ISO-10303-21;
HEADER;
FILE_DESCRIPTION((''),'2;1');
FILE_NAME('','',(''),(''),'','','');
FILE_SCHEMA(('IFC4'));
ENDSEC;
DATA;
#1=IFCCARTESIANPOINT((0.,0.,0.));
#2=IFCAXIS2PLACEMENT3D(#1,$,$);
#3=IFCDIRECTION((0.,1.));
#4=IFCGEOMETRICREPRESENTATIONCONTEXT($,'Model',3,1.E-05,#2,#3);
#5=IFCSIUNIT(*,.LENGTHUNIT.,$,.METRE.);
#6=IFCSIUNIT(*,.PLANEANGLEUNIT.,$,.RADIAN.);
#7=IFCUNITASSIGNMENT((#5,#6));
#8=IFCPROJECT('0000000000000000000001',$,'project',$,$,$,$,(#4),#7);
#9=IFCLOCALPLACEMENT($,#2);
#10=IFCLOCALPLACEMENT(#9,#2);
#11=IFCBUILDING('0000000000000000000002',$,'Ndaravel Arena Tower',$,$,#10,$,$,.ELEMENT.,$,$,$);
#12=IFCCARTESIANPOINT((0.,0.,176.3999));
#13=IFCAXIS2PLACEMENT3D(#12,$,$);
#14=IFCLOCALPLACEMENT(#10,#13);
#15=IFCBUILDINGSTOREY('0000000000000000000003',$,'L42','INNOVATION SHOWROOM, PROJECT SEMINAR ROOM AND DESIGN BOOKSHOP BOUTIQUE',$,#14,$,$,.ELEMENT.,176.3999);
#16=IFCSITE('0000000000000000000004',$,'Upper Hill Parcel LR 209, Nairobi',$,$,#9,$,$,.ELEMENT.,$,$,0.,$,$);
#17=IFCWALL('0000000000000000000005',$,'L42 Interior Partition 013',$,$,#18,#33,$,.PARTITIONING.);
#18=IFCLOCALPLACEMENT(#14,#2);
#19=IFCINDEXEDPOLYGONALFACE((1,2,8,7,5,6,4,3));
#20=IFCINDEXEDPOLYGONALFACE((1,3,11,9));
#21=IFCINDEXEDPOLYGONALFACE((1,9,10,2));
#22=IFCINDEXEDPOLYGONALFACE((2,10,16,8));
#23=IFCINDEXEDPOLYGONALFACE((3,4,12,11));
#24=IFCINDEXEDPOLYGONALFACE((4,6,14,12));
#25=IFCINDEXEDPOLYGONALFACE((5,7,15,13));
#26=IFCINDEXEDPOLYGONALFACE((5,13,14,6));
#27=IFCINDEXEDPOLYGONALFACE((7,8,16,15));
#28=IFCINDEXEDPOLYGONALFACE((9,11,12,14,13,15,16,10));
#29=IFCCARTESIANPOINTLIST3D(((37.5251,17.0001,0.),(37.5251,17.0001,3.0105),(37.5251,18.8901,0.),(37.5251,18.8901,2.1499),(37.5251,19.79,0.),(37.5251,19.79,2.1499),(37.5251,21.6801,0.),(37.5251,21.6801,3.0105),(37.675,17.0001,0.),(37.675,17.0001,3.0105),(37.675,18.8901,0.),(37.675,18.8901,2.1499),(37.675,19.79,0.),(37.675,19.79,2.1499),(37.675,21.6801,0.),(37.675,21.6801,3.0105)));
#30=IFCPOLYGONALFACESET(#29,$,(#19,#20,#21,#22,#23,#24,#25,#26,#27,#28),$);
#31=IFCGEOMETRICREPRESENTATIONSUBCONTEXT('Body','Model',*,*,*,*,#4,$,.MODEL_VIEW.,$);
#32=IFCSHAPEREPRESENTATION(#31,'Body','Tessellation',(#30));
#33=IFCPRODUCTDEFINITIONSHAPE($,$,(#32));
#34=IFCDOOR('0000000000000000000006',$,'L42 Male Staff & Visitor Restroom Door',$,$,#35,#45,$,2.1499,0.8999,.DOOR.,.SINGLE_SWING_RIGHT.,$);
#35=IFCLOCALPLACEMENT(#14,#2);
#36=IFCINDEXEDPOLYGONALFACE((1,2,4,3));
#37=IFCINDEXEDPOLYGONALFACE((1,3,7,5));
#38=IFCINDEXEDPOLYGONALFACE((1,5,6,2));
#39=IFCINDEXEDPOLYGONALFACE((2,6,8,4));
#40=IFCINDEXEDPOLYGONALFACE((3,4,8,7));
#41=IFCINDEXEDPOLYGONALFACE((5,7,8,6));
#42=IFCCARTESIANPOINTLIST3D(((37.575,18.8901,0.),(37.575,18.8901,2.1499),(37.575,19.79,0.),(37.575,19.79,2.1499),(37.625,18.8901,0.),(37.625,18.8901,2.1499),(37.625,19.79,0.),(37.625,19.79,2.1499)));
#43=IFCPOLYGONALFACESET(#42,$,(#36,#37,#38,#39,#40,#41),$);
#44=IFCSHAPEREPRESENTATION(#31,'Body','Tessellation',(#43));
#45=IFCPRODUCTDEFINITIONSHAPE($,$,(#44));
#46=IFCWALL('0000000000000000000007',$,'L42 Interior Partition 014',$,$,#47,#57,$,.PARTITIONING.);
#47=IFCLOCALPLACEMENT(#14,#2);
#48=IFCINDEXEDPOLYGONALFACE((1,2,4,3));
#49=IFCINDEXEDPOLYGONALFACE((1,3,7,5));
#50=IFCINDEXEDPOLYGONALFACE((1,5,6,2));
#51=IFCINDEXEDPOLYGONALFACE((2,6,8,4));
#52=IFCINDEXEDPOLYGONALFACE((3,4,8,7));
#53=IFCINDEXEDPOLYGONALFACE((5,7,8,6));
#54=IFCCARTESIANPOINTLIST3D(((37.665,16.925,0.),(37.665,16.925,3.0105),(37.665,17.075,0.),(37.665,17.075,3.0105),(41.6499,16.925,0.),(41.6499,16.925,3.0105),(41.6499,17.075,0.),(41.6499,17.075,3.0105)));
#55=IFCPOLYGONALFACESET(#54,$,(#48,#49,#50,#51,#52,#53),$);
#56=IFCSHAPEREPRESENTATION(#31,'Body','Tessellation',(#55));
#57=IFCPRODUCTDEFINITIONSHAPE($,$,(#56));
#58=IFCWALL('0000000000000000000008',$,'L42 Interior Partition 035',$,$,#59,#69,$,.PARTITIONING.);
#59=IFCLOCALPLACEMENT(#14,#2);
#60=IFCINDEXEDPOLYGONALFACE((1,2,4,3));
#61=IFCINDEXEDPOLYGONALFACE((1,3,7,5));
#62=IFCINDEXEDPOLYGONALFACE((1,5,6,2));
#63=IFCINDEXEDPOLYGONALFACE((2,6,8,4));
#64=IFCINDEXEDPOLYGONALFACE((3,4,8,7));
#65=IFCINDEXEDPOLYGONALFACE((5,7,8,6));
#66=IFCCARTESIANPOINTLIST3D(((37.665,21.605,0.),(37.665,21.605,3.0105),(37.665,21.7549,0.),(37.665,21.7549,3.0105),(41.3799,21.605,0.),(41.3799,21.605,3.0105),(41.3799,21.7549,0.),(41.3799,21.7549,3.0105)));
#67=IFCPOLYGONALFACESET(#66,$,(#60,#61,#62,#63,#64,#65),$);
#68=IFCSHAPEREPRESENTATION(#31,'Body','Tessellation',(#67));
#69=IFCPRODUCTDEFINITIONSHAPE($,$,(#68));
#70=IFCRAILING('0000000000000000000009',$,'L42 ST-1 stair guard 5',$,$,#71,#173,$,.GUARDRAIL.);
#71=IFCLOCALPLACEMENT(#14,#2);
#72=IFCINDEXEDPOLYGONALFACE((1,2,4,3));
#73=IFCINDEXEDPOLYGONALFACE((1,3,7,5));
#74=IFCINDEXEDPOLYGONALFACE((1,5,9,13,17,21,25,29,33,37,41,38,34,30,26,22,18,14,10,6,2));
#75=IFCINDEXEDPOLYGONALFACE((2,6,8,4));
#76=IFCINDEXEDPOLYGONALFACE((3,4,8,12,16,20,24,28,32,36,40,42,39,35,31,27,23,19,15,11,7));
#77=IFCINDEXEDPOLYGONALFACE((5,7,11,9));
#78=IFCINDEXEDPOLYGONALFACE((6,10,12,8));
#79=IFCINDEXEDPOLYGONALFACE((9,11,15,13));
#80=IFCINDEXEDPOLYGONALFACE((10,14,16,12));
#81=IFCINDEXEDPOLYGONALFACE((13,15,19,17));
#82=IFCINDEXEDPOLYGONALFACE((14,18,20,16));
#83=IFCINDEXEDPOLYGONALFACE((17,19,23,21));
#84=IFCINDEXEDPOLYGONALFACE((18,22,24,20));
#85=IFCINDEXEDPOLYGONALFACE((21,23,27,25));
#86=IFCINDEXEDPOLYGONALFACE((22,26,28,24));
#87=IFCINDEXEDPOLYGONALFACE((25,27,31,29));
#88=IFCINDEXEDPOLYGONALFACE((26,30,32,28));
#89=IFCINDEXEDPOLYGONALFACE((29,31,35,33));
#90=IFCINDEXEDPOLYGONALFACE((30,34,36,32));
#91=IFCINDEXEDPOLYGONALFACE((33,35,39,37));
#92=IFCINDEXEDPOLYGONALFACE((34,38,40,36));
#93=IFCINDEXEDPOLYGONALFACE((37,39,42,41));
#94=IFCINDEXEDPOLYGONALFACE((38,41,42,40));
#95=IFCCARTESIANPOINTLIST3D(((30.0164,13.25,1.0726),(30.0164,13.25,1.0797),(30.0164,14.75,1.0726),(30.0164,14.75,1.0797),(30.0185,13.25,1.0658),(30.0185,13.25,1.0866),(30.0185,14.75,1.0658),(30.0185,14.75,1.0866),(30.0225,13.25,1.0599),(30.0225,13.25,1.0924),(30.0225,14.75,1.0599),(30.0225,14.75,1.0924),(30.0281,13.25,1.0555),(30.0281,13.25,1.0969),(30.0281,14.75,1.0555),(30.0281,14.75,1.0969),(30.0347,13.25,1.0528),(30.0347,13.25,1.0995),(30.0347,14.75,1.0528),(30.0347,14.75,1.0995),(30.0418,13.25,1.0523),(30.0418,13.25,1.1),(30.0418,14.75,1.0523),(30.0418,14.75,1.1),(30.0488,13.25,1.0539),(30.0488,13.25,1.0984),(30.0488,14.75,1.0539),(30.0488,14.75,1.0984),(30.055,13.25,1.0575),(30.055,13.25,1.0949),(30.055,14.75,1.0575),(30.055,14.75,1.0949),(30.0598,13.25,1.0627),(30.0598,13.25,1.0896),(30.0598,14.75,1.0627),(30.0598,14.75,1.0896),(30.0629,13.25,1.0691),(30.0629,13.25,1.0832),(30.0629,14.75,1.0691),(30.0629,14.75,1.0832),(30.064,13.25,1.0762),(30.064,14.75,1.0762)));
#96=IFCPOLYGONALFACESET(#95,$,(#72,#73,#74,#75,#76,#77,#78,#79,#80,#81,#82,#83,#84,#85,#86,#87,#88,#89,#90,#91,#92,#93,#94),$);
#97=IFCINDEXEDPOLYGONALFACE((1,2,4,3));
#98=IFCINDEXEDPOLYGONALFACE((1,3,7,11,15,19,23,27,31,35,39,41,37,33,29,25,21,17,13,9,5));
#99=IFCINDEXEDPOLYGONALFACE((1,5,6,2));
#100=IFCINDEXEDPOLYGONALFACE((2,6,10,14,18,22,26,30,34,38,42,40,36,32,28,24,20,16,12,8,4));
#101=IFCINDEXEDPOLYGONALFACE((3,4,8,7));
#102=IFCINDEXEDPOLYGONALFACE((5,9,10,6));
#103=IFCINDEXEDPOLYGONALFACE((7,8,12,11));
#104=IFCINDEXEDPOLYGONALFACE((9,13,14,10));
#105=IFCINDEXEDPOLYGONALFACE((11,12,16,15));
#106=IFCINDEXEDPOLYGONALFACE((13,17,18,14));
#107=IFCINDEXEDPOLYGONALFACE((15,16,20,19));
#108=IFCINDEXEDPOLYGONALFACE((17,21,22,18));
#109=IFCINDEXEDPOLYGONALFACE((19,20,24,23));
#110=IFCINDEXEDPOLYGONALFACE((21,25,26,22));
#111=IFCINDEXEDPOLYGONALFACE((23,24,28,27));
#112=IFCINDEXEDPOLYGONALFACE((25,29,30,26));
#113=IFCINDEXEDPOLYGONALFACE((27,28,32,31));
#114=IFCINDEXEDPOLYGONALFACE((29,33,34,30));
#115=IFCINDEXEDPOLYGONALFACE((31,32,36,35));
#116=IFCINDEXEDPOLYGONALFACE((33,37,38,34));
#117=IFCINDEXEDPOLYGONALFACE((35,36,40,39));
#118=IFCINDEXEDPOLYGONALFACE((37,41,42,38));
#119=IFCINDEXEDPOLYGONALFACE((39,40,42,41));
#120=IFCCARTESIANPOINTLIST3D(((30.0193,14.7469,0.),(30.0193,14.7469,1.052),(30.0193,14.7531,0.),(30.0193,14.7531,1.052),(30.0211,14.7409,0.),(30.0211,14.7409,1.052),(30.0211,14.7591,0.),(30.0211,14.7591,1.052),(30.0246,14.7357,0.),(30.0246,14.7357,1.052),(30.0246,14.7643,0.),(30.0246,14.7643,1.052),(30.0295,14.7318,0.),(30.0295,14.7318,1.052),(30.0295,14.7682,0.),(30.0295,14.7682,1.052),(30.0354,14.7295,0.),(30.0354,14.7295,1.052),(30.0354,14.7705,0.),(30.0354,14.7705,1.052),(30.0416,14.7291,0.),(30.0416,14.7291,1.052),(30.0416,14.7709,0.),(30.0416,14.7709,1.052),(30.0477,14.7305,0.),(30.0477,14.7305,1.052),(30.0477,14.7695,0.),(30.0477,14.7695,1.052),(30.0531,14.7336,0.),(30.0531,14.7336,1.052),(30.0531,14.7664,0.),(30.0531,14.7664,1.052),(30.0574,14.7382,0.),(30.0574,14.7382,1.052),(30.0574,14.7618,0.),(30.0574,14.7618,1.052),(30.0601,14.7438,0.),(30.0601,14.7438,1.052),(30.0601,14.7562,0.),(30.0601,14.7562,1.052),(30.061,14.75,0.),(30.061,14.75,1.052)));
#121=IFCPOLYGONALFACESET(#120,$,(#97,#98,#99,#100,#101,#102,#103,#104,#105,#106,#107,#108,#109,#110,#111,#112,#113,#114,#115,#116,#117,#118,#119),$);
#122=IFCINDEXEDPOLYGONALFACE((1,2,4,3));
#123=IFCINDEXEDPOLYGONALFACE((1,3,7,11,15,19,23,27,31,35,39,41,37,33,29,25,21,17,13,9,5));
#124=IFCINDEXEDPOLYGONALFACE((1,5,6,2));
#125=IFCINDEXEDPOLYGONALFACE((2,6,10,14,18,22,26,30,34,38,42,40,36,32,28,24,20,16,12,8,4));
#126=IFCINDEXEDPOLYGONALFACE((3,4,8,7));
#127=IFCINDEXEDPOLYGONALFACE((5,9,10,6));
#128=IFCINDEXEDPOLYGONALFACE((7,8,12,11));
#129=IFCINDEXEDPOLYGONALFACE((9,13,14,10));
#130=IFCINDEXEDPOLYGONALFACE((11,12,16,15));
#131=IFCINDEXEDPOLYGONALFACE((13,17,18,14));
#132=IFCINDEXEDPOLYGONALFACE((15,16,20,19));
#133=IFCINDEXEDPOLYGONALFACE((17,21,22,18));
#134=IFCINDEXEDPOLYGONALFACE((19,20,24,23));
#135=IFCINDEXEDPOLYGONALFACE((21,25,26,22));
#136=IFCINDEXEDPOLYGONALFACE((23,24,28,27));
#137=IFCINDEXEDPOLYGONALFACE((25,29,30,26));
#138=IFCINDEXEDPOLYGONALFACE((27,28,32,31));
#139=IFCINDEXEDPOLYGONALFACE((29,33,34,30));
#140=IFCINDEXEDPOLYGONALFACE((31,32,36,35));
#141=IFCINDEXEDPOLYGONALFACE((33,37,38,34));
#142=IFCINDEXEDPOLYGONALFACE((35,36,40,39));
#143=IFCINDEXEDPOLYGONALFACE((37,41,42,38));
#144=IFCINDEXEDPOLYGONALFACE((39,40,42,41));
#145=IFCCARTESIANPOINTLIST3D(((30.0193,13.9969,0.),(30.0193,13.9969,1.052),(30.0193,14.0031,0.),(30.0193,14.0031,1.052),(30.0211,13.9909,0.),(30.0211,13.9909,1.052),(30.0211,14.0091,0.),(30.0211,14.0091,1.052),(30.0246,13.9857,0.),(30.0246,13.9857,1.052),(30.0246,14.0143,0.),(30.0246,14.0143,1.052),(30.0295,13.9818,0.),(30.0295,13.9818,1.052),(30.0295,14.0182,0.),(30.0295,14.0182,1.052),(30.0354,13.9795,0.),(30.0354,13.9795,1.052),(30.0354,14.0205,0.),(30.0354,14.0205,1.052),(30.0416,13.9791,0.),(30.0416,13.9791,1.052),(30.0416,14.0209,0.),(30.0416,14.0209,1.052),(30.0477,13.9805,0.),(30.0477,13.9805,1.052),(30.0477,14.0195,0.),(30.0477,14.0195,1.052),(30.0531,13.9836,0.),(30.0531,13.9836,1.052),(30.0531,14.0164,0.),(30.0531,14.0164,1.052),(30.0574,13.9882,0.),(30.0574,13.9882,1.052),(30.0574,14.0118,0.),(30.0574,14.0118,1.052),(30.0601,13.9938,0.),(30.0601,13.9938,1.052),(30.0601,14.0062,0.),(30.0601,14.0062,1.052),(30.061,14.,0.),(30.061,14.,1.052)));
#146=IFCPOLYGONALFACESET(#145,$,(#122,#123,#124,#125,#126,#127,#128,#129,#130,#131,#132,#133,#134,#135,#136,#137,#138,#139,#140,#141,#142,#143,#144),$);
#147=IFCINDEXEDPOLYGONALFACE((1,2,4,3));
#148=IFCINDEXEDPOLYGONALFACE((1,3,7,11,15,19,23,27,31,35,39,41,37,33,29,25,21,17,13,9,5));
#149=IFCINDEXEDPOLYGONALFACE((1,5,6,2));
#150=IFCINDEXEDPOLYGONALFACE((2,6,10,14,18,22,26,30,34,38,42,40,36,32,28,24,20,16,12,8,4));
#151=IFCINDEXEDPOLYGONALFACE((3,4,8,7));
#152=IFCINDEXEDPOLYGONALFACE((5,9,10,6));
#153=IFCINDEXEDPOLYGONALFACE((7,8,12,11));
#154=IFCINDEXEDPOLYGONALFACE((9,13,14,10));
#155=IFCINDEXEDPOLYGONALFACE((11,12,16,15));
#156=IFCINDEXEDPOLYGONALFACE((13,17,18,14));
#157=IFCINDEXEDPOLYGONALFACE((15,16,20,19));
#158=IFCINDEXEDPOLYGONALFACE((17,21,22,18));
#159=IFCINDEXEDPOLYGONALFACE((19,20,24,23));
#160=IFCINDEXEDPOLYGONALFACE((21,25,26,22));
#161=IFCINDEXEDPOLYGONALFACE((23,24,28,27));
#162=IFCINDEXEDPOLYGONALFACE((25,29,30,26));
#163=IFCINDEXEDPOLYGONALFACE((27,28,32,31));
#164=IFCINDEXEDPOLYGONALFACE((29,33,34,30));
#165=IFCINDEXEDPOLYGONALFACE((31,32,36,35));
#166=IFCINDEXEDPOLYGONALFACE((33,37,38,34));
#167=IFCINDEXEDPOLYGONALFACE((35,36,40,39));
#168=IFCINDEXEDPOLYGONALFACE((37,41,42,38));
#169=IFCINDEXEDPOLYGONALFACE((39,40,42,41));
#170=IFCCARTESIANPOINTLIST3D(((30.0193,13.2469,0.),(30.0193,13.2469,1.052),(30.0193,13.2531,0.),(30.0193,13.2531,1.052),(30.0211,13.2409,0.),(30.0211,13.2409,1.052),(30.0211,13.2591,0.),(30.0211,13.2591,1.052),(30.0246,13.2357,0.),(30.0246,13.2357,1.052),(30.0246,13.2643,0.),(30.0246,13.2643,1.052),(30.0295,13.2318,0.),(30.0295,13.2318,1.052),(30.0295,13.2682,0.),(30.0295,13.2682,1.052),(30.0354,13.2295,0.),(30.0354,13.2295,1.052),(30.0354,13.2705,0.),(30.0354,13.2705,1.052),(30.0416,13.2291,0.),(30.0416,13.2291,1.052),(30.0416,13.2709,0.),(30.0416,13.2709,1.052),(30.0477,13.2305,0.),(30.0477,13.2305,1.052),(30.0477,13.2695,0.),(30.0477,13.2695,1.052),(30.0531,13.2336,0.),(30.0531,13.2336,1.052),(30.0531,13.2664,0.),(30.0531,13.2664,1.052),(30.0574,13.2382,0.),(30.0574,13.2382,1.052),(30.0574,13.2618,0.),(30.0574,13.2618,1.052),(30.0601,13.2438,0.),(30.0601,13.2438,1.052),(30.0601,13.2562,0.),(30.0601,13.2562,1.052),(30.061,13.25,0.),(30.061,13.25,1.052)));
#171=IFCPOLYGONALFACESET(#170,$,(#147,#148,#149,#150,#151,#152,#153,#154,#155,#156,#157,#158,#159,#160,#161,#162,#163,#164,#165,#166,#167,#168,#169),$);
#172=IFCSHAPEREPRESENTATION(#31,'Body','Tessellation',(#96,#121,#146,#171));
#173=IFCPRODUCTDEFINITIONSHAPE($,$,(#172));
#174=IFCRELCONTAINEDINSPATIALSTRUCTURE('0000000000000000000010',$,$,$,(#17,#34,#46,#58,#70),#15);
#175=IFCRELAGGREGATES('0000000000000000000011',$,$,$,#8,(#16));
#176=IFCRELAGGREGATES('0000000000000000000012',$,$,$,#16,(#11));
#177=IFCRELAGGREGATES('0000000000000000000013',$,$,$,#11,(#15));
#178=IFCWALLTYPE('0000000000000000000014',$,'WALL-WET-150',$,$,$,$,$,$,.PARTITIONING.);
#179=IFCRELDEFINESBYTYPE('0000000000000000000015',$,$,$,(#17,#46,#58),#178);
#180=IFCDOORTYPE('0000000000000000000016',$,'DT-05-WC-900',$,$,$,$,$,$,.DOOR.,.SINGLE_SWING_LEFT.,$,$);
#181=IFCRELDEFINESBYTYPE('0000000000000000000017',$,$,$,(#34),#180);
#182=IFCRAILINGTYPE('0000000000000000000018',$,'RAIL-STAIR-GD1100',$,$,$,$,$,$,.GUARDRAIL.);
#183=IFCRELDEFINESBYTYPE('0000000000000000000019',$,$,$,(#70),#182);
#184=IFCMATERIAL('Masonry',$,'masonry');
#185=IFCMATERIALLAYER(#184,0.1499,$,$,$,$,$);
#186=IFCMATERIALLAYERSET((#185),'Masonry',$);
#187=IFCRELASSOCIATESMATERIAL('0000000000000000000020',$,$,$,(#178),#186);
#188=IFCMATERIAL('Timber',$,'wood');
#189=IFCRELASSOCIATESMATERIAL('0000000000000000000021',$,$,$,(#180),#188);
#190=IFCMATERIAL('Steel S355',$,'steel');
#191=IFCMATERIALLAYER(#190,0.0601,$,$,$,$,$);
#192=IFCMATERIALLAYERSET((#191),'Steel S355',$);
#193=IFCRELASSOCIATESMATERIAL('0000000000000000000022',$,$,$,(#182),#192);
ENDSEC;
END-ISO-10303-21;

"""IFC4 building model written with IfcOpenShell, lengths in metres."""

from ifc_helpers import new_model, si_unit, direction, frame, frame_2d, origin, origin_2d, place, context, subcontext, project, spatial, rectangle, circle, extrude, material, layer, layer_set, type_object, element, fill, save


model = new_model("IFC4")

# Units and contexts
model_context = context("Model", 3, precision=1e-05, world=origin(), true_north=direction((0.0, 1.0)))
body_context = subcontext(model_context, "Body", "Model", "MODEL_VIEW")
ifc_project = project(units=[si_unit("LENGTHUNIT", "METRE"), si_unit("PLANEANGLEUNIT", "RADIAN")], contexts=[model_context])

# Site, building, storey
site_placement = place(None, origin())
site = spatial("IfcSite", under=ifc_project, at=site_placement, Name="Upper Hill Parcel LR 209, Nairobi", CompositionType="ELEMENT", RefElevation=0.0)
building_placement = place(site_placement, origin())
building = spatial("IfcBuilding", under=site, at=building_placement, Name="Ndaravel Arena Tower", CompositionType="ELEMENT")
storey_placement = place(building_placement, frame((0.0, 0.0, 176.3999)))
storey = spatial("IfcBuildingStorey", under=building, at=storey_placement, Name="L42", Description="INNOVATION SHOWROOM, PROJECT SEMINAR ROOM AND DESIGN BOOKSHOP BOUTIQUE", CompositionType="ELEMENT", Elevation=176.3999)

# Wall, opening, door
ifc_material_1 = material(Name="Masonry", Category="masonry")
ifc_layer_1 = layer(ifc_material_1, 0.1499)
ifc_layer_set_1 = layer_set([ifc_layer_1], Name="Masonry")
wall_type_1 = type_object("IfcWallType", Name="WALL-WET-150", PredefinedType="PARTITIONING", material=ifc_layer_set_1)
wall_1_placement = place(storey_placement, frame((37.6001, 21.6799, 0.0), z_axis=(0.0, 0.0, 1.0), x_axis=(0.0, -1.0, 0.0)))
wall_1 = element("IfcWall", 1, at=wall_1_placement, inside=storey, type_object=wall_type_1, Name="L42 Interior Partition 013", PredefinedType="PARTITIONING", context=body_context, shape_type="SweptSolid", body=[
    extrude(rectangle(XDim=4.6799, YDim=0.1499, at=frame_2d((2.3398, 0.0))), origin(), (0.0, 0.0, 1.0), 3.0105),
])
opening_1_placement = place(wall_1_placement, frame((1.8899, 0.0, 0.0)))
opening_1 = element("IfcOpeningElement", 2, at=opening_1_placement, cuts=wall_1, PredefinedType="OPENING", context=body_context, shape_type="SweptSolid", body=[
    extrude(rectangle(XDim=0.8999, YDim=2.1499, at=frame_2d((0.45, 1.075))), frame((0.0, 0.075, 0.0), z_axis=(0.0, -1.0, 0.0), x_axis=(1.0, 0.0, 0.0)), (0.0, 0.0, 1.0), 0.1499),
])
ifc_material_2 = material(Name="Timber", Category="wood")
door_type_1 = type_object("IfcDoorType", Name="DT-05-WC-900", OperationType="SINGLE_SWING_LEFT", PredefinedType="DOOR", material=ifc_material_2)
door_1_placement = place(opening_1_placement, origin())
door_1 = element("IfcDoor", 3, at=door_1_placement, inside=storey, type_object=door_type_1, Name="L42 Male Staff & Visitor Restroom Door", OperationType="SINGLE_SWING_RIGHT", OverallHeight=2.1499, OverallWidth=0.8999, PredefinedType="DOOR", context=body_context, shape_type="SweptSolid", body=[
    extrude(rectangle(XDim=0.8999, YDim=2.1499, at=frame_2d((0.45, 1.075))), frame((0.0, 0.0249, 0.0), z_axis=(0.0, -1.0, 0.0), x_axis=(1.0, 0.0, 0.0)), (0.0, 0.0, 1.0), 0.05),
])
fill(opening_1, door_1)

# Walls
wall_2_placement = place(storey_placement, frame((37.665, 17.0, 0.0), z_axis=(0.0, 0.0, 1.0), x_axis=(1.0, 0.0, 0.0)))
element("IfcWall", 4, at=wall_2_placement, inside=storey, type_object=wall_type_1, Name="L42 Interior Partition 014", PredefinedType="PARTITIONING", context=body_context, shape_type="SweptSolid", body=[
    extrude(rectangle(XDim=3.9849, YDim=0.1499, at=frame_2d((1.9924, 0.0))), origin(), (0.0, 0.0, 1.0), 3.0105),
])
wall_3_placement = place(storey_placement, frame((37.665, 21.6799, 0.0), z_axis=(0.0, 0.0, 1.0), x_axis=(1.0, 0.0, 0.0)))
element("IfcWall", 5, at=wall_3_placement, inside=storey, type_object=wall_type_1, Name="L42 Interior Partition 035", PredefinedType="PARTITIONING", context=body_context, shape_type="SweptSolid", body=[
    extrude(rectangle(XDim=3.7148, YDim=0.1499, at=frame_2d((1.8574, 0.0))), origin(), (0.0, 0.0, 1.0), 3.0105),
])

# Railing
ifc_material_3 = material(Name="Steel S355", Category="steel")
ifc_layer_2 = layer(ifc_material_3, 0.0601)
ifc_layer_set_2 = layer_set([ifc_layer_2], Name="Steel S355")
railing_type = type_object("IfcRailingType", Name="RAIL-STAIR-GD1100", PredefinedType="GUARDRAIL", material=ifc_layer_set_2)
railing_placement = place(storey_placement, frame((30.04, 14.75, 0.0)))
element("IfcRailing", 6, at=railing_placement, inside=storey, type_object=railing_type, Name="L42 ST-1 stair guard 5", PredefinedType="GUARDRAIL", context=body_context, shape_type="SweptSolid", body=[
    extrude(circle(Radius=0.0239, at=origin_2d()), frame((0.0, 0.0, 1.0762), z_axis=(0.0, -1.0, 0.0), x_axis=(1.0, 0.0, 0.0)), (0.0, 0.0, 1.0), 1.5),
    extrude(circle(Radius=0.021, at=origin_2d()), origin(), (0.0, 0.0, 1.0), 1.052),
    extrude(circle(Radius=0.021, at=origin_2d()), frame((0.0, -0.75, 0.0)), (0.0, 0.0, 1.0), 1.052),
    extrude(circle(Radius=0.021, at=origin_2d()), frame((0.0, -1.5, 0.0)), (0.0, 0.0, 1.0), 1.052),
])

save(model, "model.ifc")
